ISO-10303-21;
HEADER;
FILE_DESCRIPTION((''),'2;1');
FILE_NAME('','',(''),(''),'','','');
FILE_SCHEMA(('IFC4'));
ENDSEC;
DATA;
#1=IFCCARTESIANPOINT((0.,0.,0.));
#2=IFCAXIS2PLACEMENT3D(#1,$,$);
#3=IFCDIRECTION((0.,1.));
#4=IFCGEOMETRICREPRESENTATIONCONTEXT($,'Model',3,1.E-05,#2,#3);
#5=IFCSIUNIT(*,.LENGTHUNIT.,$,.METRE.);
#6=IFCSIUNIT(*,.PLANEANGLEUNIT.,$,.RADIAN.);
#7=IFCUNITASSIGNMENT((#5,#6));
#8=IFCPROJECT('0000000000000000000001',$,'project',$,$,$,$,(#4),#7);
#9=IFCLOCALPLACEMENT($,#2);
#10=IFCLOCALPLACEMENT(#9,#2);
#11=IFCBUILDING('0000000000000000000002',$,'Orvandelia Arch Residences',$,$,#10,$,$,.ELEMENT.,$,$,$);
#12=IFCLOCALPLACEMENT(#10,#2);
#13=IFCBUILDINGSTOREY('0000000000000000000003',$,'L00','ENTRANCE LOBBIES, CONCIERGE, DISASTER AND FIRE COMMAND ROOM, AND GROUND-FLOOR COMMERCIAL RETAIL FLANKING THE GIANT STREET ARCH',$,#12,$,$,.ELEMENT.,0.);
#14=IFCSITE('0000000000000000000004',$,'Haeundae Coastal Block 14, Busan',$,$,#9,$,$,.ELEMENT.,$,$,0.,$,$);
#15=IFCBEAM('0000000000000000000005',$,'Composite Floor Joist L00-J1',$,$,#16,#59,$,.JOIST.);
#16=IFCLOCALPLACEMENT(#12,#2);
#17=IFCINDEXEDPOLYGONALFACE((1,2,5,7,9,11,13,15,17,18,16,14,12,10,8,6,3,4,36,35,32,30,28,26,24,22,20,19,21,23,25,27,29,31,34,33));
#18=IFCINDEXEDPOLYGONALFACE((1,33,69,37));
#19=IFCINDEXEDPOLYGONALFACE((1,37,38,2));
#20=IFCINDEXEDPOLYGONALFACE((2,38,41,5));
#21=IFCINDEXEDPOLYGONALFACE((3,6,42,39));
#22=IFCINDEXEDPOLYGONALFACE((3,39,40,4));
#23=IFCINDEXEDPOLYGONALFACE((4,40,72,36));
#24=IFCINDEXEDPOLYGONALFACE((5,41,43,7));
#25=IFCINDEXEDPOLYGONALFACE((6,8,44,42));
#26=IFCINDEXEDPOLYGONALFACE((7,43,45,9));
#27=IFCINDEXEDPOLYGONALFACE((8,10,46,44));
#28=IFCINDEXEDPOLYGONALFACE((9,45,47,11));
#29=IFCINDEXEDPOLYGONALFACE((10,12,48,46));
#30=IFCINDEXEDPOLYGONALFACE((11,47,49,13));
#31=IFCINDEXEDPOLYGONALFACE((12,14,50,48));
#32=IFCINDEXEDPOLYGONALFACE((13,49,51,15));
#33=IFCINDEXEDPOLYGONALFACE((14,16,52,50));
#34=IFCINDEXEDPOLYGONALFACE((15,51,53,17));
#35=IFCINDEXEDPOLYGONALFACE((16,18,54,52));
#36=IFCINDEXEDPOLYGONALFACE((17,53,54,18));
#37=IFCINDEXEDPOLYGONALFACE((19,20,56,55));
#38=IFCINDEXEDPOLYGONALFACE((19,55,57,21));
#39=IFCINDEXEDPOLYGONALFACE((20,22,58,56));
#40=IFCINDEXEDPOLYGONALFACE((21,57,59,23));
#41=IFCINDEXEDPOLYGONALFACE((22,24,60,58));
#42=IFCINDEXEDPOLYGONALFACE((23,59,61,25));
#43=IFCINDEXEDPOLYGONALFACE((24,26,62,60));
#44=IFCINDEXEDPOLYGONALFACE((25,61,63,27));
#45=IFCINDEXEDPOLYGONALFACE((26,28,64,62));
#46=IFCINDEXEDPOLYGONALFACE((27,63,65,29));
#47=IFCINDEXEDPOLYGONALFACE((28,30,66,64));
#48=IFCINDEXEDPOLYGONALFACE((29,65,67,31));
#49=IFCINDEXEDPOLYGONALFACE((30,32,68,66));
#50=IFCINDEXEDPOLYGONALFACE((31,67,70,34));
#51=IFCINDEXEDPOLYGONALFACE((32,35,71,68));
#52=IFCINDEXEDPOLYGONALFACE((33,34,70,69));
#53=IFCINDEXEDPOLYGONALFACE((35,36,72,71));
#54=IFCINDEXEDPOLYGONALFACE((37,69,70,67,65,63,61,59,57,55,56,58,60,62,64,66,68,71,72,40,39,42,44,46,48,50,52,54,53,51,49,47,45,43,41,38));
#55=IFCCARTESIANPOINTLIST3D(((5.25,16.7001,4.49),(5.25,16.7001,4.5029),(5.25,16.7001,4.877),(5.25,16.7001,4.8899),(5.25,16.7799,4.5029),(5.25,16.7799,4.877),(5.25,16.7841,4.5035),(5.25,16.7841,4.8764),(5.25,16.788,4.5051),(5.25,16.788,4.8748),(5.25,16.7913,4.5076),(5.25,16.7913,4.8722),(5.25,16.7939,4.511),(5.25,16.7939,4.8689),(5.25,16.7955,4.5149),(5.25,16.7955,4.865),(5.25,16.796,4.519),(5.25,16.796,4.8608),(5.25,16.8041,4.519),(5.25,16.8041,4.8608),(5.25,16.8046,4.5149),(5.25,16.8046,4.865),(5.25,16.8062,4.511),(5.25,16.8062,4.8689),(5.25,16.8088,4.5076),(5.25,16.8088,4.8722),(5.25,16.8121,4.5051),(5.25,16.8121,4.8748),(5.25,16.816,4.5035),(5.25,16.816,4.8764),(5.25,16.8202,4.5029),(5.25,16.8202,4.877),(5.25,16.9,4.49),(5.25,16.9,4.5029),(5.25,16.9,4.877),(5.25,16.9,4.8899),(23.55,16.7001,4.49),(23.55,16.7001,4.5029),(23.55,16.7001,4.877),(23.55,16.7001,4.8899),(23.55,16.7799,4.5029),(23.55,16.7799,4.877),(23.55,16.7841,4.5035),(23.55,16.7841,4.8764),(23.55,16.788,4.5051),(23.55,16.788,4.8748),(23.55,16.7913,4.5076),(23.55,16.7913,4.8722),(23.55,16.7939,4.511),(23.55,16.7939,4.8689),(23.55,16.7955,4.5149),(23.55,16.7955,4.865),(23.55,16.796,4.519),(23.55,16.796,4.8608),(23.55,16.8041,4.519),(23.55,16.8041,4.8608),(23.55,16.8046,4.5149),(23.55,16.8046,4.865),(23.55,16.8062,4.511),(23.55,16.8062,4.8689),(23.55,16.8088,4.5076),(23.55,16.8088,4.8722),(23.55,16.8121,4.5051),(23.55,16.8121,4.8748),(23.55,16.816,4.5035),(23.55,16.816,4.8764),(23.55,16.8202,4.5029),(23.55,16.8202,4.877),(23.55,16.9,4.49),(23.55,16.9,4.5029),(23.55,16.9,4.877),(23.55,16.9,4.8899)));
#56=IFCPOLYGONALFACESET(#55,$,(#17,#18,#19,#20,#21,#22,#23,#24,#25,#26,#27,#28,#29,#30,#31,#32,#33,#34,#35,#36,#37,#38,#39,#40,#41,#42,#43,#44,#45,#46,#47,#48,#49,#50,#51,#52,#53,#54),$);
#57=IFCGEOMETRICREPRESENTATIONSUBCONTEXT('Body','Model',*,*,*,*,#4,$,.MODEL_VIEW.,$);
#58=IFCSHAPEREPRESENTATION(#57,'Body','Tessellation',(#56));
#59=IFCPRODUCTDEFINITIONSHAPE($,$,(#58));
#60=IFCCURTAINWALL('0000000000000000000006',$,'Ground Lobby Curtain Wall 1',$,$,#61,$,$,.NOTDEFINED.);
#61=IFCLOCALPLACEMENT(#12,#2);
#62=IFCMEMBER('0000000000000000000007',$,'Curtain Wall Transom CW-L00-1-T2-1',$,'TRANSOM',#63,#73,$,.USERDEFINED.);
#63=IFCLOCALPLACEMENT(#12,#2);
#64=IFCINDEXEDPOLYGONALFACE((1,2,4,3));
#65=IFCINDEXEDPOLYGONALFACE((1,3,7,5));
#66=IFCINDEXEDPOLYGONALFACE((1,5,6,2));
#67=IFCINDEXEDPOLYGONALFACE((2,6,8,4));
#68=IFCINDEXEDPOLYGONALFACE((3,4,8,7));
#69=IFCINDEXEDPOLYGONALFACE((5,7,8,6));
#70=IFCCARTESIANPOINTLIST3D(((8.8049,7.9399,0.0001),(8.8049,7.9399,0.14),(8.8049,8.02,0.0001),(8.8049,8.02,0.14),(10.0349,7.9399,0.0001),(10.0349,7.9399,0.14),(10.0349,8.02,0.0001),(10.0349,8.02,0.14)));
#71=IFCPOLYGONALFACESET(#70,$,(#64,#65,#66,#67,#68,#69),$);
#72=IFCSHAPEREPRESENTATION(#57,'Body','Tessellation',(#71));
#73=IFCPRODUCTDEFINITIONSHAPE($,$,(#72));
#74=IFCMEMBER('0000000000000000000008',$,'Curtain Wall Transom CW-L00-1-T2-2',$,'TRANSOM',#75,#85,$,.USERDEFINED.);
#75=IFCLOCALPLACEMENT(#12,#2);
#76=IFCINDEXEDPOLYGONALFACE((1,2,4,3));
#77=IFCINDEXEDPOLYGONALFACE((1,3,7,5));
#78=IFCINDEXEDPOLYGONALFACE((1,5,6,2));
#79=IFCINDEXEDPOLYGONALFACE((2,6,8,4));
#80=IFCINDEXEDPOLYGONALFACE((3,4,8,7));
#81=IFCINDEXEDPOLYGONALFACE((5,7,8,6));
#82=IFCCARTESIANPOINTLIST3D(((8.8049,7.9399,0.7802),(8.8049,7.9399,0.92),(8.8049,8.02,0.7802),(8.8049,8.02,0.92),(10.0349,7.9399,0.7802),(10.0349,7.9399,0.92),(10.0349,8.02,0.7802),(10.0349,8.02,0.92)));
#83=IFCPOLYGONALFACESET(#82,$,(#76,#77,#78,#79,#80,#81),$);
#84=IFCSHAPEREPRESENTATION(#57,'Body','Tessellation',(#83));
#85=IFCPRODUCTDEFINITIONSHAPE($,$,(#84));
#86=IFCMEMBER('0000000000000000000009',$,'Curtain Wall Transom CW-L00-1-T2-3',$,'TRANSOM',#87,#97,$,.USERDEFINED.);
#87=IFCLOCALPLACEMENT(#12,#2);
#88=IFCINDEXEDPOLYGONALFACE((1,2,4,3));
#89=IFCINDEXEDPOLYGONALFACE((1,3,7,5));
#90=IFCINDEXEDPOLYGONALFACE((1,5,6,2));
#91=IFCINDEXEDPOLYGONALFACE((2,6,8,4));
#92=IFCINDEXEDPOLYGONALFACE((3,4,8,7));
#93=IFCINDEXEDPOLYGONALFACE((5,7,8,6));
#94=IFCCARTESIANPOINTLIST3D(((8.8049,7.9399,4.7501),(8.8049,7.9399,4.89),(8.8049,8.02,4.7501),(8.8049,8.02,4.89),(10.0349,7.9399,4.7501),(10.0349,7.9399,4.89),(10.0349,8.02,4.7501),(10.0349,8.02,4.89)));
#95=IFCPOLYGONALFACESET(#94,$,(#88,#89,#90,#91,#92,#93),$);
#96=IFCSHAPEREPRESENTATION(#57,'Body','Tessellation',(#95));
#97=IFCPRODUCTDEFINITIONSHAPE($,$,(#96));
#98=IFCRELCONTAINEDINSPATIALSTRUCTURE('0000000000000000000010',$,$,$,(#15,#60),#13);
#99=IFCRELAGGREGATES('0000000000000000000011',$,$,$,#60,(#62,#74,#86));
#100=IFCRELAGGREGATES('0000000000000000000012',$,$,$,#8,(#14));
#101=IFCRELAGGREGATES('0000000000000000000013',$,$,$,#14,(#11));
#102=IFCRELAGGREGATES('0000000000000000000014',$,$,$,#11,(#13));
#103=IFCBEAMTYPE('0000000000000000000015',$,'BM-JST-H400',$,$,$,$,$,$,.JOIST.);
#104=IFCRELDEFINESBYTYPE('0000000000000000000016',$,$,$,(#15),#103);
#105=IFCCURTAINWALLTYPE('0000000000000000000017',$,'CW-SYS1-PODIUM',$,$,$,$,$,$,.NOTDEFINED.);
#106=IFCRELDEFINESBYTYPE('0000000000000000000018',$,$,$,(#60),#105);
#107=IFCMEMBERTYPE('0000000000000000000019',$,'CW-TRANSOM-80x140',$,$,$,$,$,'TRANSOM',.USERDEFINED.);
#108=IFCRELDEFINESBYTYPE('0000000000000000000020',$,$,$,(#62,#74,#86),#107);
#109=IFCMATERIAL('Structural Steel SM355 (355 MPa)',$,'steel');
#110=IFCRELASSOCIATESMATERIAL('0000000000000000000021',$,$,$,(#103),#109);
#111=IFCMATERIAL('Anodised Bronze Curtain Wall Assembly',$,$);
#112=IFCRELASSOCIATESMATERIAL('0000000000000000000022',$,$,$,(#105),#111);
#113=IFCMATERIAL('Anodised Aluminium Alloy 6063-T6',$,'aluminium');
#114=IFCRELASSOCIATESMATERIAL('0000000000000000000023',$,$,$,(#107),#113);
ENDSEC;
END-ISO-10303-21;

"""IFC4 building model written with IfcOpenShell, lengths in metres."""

from ifc_helpers import new_model, si_unit, direction, frame, origin, origin_2d, place, context, subcontext, project, spatial, rectangle, i_section, extrude, material, material_profile, profile_set, type_object, element, aggregate, save


model = new_model("IFC4")

# Units and contexts
model_context = context("Model", 3, precision=1e-05, world=origin(), true_north=direction((0.0, 1.0)))
body_context = subcontext(model_context, "Body", "Model", "MODEL_VIEW")
ifc_project = project(units=[si_unit("LENGTHUNIT", "METRE"), si_unit("PLANEANGLEUNIT", "RADIAN")], contexts=[model_context])

# Site, building, storey
site_placement = place(None, origin())
site = spatial("IfcSite", under=ifc_project, at=site_placement, Name="Haeundae Coastal Block 14, Busan", CompositionType="ELEMENT", RefElevation=0.0)
building_placement = place(site_placement, origin())
building = spatial("IfcBuilding", under=site, at=building_placement, Name="Orvandelia Arch Residences", CompositionType="ELEMENT")
storey_placement = place(building_placement, origin())
storey = spatial("IfcBuildingStorey", under=building, at=storey_placement, Name="L00", Description="ENTRANCE LOBBIES, CONCIERGE, DISASTER AND FIRE COMMAND ROOM, AND GROUND-FLOOR COMMERCIAL RETAIL FLANKING THE GIANT STREET ARCH", CompositionType="ELEMENT", Elevation=0.0)

# Beam
ifc_material_1 = material(Name="Structural Steel SM355 (355 MPa)", Category="steel")
ifc_material_profile_1 = material_profile(ifc_material_1, i_section(OverallWidth=0.2, OverallDepth=0.3999, WebThickness=0.0081, FlangeThickness=0.0129, FilletRadius=0.0161, at=origin_2d()), Name="Structural Steel SM355 (355 MPa)", Category="steel")
ifc_profile_set_1 = profile_set([ifc_material_profile_1], Name="Structural Steel SM355 (355 MPa)")
beam_type_1 = type_object("IfcBeamType", Name="BM-JST-H400", PredefinedType="JOIST", material=ifc_profile_set_1)
beam_1_placement = place(storey_placement, frame((5.25, 16.8, 4.6899), z_axis=(1.0, 0.0, 0.0), x_axis=(0.0, 1.0, 0.0)))
element("IfcBeam", 1, at=beam_1_placement, inside=storey, type_object=beam_type_1, Name="Composite Floor Joist L00-J1", PredefinedType="JOIST", context=body_context, shape_type="SweptSolid", body=[
    extrude(i_section(OverallWidth=0.2, OverallDepth=0.3999, WebThickness=0.0081, FlangeThickness=0.0129, FilletRadius=0.0161, at=origin_2d()), origin(), (0.0, 0.0, 1.0), 18.3),
])

# Curtain wall, members
ifc_material_2 = material(Name="Anodised Bronze Curtain Wall Assembly")
curtain_wall_type = type_object("IfcCurtainWallType", Name="CW-SYS1-PODIUM", PredefinedType="NOTDEFINED", material=ifc_material_2)
curtain_wall_placement = place(storey_placement, origin())
curtain_wall = element("IfcCurtainWall", 2, at=curtain_wall_placement, inside=storey, type_object=curtain_wall_type, Name="Ground Lobby Curtain Wall 1", PredefinedType="NOTDEFINED")
ifc_material_3 = material(Name="Anodised Aluminium Alloy 6063-T6", Category="aluminium")
ifc_material_profile_2 = material_profile(ifc_material_3, rectangle(XDim=0.0801, YDim=0.1399, at=origin_2d()), Name="Anodised Aluminium Alloy 6063-T6", Category="aluminium")
ifc_profile_set_2 = profile_set([ifc_material_profile_2], Name="Anodised Aluminium Alloy 6063-T6")
member_type = type_object("IfcMemberType", Name="CW-TRANSOM-80x140", ElementType="TRANSOM", PredefinedType="USERDEFINED", material=ifc_profile_set_2)
member_1_placement = place(storey_placement, frame((8.8049, 7.98, 0.0701), z_axis=(1.0, 0.0, 0.0), x_axis=(0.0, 1.0, 0.0)))
member_1 = element("IfcMember", 3, at=member_1_placement, type_object=member_type, Name="Curtain Wall Transom CW-L00-1-T2-1", ObjectType="TRANSOM", PredefinedType="USERDEFINED", context=body_context, shape_type="SweptSolid", body=[
    extrude(rectangle(XDim=0.0801, YDim=0.1399, at=origin_2d()), origin(), (0.0, 0.0, 1.0), 1.23),
])
member_2_placement = place(storey_placement, frame((8.8049, 7.98, 0.8501), z_axis=(1.0, 0.0, 0.0), x_axis=(0.0, 1.0, 0.0)))
member_2 = element("IfcMember", 4, at=member_2_placement, type_object=member_type, Name="Curtain Wall Transom CW-L00-1-T2-2", ObjectType="TRANSOM", PredefinedType="USERDEFINED", context=body_context, shape_type="SweptSolid", body=[
    extrude(rectangle(XDim=0.0801, YDim=0.1399, at=origin_2d()), origin(), (0.0, 0.0, 1.0), 1.23),
])
member_3_placement = place(storey_placement, frame((8.8049, 7.98, 4.8201), z_axis=(1.0, 0.0, 0.0), x_axis=(0.0, 1.0, 0.0)))
member_3 = element("IfcMember", 5, at=member_3_placement, type_object=member_type, Name="Curtain Wall Transom CW-L00-1-T2-3", ObjectType="TRANSOM", PredefinedType="USERDEFINED", context=body_context, shape_type="SweptSolid", body=[
    extrude(rectangle(XDim=0.0801, YDim=0.1399, at=origin_2d()), origin(), (0.0, 0.0, 1.0), 1.23),
])
aggregate(curtain_wall, [member_1, member_2, member_3])

save(model, "model.ifc")
